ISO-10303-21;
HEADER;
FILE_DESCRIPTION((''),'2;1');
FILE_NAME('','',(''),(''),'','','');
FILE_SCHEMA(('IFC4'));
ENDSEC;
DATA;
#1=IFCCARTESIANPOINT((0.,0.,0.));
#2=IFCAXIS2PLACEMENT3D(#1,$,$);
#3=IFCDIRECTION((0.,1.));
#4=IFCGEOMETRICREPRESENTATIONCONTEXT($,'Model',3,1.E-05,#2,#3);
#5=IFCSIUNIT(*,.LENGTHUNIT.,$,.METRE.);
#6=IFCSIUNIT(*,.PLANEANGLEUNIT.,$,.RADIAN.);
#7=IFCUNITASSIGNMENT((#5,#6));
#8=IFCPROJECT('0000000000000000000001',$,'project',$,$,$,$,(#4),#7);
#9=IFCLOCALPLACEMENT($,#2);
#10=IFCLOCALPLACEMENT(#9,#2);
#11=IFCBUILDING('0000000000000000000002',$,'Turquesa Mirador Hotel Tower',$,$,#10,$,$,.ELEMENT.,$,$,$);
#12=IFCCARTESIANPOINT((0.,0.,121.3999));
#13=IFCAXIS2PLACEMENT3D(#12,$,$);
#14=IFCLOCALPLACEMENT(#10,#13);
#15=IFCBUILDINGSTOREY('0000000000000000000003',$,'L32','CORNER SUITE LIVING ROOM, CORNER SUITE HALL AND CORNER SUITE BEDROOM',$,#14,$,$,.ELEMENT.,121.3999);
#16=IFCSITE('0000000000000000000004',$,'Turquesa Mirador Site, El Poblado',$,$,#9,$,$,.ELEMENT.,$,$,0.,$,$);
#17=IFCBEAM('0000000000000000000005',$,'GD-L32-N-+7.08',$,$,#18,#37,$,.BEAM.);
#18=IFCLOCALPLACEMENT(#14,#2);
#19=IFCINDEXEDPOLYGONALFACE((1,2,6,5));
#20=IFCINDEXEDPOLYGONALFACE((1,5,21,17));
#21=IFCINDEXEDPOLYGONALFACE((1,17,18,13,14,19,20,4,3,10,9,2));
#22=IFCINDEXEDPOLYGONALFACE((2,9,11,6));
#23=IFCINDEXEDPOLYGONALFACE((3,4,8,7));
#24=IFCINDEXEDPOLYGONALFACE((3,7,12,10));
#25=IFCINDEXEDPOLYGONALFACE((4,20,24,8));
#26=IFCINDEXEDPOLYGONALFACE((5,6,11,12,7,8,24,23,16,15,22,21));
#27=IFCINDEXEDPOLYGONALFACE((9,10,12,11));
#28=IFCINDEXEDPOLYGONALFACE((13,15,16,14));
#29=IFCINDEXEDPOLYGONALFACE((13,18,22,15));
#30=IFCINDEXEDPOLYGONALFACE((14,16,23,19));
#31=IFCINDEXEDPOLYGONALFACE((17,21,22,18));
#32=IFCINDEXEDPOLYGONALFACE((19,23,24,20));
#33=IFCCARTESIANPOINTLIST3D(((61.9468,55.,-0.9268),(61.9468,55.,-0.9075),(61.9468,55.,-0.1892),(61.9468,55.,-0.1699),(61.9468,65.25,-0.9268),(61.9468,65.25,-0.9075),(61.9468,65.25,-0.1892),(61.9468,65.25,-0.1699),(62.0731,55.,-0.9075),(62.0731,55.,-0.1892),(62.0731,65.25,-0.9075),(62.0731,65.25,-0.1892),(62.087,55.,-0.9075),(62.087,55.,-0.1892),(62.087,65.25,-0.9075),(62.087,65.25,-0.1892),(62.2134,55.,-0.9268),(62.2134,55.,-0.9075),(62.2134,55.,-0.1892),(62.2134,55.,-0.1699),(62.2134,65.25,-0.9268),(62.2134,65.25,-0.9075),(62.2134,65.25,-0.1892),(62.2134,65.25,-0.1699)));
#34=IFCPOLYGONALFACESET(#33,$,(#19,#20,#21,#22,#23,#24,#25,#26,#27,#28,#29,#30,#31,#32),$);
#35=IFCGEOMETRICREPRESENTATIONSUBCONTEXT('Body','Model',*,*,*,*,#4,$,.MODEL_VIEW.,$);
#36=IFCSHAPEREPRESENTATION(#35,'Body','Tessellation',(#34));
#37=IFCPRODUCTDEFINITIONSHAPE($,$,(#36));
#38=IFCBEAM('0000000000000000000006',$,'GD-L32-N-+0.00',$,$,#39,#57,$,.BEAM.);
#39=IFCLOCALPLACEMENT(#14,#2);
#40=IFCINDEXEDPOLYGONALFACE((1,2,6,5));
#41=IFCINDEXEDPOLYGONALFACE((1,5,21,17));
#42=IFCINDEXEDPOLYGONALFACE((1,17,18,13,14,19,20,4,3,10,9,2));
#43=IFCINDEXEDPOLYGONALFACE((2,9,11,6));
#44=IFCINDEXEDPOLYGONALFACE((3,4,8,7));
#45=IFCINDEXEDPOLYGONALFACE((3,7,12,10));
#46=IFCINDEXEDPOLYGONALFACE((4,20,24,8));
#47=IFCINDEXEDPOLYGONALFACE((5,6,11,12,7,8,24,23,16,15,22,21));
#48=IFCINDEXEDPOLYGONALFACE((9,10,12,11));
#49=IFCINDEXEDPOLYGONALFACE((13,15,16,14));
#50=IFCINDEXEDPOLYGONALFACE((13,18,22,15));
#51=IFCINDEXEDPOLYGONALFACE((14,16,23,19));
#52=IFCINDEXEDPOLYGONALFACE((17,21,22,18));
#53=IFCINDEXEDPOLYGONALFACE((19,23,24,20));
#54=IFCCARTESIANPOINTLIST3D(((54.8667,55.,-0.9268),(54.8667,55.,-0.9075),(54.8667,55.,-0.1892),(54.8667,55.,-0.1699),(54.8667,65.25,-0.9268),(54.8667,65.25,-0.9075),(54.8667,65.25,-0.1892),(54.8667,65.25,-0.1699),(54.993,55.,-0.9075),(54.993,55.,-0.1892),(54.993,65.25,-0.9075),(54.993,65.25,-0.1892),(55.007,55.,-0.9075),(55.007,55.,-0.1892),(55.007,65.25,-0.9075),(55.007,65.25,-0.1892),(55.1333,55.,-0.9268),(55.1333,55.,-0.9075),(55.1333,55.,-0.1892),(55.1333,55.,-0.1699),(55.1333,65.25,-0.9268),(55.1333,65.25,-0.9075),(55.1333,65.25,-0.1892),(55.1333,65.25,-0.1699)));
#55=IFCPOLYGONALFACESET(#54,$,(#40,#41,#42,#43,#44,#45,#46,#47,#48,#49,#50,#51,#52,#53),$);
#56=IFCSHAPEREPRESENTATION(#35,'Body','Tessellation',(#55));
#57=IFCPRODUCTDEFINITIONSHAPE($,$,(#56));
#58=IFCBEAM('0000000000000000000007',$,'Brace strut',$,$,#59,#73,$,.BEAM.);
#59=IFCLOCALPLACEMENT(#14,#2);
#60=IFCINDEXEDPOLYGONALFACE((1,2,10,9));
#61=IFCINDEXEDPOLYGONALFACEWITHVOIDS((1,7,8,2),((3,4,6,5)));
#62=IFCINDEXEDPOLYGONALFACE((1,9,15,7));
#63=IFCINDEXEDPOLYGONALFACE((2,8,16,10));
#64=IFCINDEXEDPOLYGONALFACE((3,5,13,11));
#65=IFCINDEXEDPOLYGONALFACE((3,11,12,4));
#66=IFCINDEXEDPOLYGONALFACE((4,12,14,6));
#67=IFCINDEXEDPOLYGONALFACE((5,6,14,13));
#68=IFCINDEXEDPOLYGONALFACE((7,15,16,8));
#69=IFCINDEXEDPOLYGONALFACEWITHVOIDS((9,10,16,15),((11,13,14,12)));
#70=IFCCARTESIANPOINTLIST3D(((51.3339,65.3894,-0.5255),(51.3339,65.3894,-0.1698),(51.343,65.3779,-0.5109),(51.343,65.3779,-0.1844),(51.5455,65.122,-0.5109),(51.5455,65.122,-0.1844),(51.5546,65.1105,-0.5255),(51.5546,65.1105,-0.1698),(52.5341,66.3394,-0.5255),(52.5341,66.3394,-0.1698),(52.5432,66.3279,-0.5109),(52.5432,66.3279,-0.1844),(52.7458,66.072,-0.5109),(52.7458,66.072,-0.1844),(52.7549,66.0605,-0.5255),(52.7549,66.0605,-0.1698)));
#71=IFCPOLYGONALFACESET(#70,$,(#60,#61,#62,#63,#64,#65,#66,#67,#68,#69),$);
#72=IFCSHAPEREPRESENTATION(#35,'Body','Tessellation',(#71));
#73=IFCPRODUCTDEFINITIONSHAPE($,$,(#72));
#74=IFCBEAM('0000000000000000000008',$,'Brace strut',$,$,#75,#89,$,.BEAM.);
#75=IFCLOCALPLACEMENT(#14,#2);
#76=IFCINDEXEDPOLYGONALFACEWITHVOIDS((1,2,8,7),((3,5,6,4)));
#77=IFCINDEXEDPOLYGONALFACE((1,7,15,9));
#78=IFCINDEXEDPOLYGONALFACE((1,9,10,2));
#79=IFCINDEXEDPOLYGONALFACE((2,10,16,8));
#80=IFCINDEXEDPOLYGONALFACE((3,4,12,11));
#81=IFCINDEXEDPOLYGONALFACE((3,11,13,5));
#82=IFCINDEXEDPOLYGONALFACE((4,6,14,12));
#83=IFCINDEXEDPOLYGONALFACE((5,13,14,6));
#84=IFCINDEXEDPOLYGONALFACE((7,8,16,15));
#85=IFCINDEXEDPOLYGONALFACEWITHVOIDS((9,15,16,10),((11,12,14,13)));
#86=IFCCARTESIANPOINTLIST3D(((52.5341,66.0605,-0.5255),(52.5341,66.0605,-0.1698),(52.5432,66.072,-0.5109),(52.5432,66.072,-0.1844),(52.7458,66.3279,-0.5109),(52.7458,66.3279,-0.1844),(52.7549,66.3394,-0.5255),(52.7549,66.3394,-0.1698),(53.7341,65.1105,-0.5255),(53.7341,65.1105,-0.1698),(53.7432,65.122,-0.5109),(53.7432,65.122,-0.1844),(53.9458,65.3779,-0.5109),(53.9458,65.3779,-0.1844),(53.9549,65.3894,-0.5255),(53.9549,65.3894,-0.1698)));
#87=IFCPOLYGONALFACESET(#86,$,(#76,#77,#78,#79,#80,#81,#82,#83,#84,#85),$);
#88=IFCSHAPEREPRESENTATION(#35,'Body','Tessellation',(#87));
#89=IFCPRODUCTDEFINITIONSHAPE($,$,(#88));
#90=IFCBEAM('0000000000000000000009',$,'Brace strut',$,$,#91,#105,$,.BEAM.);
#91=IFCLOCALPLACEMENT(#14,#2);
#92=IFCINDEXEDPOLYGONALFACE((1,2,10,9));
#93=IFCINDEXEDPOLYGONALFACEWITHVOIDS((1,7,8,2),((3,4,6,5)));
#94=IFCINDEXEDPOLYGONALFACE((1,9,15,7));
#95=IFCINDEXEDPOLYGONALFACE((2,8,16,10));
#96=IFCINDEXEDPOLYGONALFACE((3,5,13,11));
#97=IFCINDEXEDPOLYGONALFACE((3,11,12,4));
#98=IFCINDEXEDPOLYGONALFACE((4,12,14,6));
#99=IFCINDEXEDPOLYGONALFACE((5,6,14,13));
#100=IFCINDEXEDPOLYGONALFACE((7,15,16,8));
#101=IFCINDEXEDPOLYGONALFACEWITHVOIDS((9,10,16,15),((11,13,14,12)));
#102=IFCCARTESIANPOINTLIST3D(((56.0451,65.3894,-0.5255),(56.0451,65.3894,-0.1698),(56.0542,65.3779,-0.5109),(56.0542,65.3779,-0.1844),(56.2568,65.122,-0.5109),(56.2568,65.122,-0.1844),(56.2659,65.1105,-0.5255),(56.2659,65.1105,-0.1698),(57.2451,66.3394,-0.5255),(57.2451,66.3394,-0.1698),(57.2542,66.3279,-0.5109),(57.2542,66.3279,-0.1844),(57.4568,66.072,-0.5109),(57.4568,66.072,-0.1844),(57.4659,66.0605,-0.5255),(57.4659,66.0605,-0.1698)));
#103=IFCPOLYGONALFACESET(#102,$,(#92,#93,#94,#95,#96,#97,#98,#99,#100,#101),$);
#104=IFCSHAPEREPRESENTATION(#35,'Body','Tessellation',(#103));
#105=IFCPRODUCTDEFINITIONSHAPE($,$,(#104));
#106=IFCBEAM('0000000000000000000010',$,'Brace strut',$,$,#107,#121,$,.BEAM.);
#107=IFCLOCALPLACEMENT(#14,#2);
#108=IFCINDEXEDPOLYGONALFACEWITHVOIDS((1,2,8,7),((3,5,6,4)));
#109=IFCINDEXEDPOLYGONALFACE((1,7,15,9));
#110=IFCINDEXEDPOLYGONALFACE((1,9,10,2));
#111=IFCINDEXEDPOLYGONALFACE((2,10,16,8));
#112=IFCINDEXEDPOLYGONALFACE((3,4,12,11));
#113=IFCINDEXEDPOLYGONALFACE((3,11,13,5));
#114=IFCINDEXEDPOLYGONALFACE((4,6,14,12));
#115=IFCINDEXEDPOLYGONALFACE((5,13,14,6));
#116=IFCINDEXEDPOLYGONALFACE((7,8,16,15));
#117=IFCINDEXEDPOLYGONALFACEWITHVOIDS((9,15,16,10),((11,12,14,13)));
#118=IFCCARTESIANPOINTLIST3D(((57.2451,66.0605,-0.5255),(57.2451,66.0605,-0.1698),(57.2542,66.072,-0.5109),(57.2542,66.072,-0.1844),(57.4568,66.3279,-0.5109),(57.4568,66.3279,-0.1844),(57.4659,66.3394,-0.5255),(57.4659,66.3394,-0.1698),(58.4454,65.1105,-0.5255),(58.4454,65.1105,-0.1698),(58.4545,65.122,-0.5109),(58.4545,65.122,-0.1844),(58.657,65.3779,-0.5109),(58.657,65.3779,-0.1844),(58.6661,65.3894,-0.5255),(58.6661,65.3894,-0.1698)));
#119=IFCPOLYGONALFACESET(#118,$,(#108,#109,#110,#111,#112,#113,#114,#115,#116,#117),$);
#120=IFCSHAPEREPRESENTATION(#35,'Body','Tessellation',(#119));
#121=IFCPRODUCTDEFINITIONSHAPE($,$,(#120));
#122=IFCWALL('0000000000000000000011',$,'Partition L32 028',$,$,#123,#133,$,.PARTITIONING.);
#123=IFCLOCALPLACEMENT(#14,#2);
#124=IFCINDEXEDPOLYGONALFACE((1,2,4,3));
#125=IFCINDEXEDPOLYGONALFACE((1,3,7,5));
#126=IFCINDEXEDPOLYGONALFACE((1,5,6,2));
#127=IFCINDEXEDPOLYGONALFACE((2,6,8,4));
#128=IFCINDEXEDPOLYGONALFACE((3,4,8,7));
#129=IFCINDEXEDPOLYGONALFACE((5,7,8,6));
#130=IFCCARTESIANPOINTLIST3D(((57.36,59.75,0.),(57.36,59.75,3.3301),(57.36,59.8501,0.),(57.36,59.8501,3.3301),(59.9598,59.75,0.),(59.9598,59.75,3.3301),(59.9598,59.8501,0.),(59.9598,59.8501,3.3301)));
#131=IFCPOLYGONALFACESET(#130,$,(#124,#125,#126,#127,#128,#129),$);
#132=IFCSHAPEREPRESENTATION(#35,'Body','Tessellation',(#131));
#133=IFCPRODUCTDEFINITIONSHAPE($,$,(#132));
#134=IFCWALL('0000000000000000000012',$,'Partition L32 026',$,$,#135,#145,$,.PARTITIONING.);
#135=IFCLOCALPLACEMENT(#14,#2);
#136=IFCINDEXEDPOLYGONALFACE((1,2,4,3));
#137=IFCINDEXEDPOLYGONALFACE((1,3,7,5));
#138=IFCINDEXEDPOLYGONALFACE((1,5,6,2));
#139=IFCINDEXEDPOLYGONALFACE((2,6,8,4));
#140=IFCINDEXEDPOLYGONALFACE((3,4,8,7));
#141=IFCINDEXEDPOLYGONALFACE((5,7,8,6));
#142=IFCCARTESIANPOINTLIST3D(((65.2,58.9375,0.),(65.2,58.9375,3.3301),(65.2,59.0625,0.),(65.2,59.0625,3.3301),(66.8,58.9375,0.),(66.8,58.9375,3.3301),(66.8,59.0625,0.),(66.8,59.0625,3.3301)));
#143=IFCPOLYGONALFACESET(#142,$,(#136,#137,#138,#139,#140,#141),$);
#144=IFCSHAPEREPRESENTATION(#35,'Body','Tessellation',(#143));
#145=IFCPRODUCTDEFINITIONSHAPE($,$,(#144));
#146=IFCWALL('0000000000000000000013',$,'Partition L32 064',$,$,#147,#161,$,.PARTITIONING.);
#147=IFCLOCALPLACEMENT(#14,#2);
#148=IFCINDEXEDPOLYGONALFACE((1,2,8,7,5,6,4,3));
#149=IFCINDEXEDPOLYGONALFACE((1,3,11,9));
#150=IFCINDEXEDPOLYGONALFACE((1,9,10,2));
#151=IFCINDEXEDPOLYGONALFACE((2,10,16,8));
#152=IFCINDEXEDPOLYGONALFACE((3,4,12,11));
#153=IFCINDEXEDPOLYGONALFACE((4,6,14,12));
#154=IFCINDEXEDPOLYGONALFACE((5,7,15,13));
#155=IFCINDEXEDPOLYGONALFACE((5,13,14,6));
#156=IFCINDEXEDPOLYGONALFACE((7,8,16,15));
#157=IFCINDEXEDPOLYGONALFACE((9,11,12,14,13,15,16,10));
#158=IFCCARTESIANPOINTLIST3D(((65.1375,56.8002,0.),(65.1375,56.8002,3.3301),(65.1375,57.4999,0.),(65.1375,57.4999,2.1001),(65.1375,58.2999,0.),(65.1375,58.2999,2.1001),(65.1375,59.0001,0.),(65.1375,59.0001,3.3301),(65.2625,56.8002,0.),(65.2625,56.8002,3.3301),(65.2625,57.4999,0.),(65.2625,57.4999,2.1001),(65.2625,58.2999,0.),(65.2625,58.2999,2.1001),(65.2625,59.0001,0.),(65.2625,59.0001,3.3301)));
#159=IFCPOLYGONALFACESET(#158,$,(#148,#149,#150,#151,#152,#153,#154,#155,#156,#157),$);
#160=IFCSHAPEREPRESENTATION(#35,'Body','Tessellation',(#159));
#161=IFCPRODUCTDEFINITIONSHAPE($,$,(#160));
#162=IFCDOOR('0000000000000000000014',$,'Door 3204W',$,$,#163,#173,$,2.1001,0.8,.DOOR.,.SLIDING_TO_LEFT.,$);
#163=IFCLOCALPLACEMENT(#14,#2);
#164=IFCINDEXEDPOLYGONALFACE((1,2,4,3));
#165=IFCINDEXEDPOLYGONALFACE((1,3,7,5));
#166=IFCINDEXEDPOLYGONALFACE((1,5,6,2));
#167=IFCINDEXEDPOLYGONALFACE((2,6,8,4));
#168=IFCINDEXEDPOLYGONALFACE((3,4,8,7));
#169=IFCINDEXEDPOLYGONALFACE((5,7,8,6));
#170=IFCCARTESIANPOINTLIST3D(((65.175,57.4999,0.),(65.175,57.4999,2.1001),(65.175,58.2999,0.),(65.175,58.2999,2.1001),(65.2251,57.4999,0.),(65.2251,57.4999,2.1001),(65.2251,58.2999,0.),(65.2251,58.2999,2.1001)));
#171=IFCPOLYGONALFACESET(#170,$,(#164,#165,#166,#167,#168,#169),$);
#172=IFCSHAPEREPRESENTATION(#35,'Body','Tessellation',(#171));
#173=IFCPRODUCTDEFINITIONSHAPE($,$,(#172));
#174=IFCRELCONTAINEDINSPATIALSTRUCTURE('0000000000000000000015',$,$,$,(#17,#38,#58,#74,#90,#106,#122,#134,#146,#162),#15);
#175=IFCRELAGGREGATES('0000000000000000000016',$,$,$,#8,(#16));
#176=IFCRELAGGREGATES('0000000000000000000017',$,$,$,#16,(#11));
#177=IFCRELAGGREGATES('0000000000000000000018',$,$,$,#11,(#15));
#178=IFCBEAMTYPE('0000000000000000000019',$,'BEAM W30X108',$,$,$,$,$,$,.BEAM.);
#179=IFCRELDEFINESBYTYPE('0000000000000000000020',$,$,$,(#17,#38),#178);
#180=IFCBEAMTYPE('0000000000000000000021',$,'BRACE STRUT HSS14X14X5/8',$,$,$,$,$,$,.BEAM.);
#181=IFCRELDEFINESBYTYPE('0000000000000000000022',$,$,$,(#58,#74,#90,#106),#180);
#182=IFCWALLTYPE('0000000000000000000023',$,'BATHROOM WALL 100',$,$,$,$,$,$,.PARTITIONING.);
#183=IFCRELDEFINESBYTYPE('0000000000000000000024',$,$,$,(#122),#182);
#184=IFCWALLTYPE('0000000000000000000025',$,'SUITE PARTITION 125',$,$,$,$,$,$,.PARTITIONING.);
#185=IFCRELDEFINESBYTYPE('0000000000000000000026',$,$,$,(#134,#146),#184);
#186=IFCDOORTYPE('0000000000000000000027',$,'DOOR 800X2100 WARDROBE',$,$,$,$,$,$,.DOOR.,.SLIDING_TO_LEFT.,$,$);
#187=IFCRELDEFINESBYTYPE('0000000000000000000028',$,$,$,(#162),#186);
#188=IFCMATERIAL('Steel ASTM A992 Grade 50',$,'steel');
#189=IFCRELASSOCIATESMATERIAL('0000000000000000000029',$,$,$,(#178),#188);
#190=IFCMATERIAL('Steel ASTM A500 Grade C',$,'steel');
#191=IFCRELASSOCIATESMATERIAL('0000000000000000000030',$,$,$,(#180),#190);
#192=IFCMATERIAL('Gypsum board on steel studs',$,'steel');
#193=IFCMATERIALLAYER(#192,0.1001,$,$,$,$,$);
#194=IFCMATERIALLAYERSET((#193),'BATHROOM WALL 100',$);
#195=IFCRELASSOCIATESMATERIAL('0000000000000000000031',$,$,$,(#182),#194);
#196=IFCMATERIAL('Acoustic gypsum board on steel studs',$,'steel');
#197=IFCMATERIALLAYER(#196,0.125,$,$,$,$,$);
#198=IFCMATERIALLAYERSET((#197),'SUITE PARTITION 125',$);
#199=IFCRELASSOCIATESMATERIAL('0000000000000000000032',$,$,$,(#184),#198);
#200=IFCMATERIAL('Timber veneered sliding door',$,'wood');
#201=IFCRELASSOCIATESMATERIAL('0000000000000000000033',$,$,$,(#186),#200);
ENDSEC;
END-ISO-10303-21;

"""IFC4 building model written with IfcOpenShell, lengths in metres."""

from ifc_helpers import new_model, si_unit, direction, frame, frame_2d, origin, origin_2d, place, context, subcontext, project, spatial, rectangle, hollow_rectangle, i_section, extrude, material, layer, layer_set, material_profile, profile_set, type_object, element, fill, save


model = new_model("IFC4")

# Units and contexts
model_context = context("Model", 3, precision=1e-05, world=origin(), true_north=direction((0.0, 1.0)))
body_context = subcontext(model_context, "Body", "Model", "MODEL_VIEW")
ifc_project = project(units=[si_unit("LENGTHUNIT", "METRE"), si_unit("PLANEANGLEUNIT", "RADIAN")], contexts=[model_context])

# Site, building, storey
site_placement = place(None, origin())
site = spatial("IfcSite", under=ifc_project, at=site_placement, Name="Turquesa Mirador Site, El Poblado", CompositionType="ELEMENT", RefElevation=0.0)
building_placement = place(site_placement, origin())
building = spatial("IfcBuilding", under=site, at=building_placement, Name="Turquesa Mirador Hotel Tower", CompositionType="ELEMENT")
storey_placement = place(building_placement, frame((0.0, 0.0, 121.3999)))
storey = spatial("IfcBuildingStorey", under=building, at=storey_placement, Name="L32", Description="CORNER SUITE LIVING ROOM, CORNER SUITE HALL AND CORNER SUITE BEDROOM", CompositionType="ELEMENT", Elevation=121.3999)

# Beams
ifc_material_1 = material(Name="Steel ASTM A992 Grade 50", Category="steel")
ifc_material_profile_1 = material_profile(ifc_material_1, i_section(OverallWidth=0.2666, OverallDepth=0.7568, WebThickness=0.0139, FlangeThickness=0.0193, at=origin_2d()), Name="W30X108")
ifc_profile_set_1 = profile_set([ifc_material_profile_1], Name="Steel ASTM A992 Grade 50")
beam_type_1 = type_object("IfcBeamType", Name="BEAM W30X108", PredefinedType="BEAM", material=ifc_profile_set_1)
for number, where, z_axis, x_axis, name in (
    (1, (62.0801, 65.25, -0.5483), (0.0, -1.0, 0.0), (1.0, 0.0, 0.0), "GD-L32-N-+7.08"),
    (2, (55.0, 65.25, -0.5483), (0.0, -1.0, 0.0), (1.0, 0.0, 0.0), "GD-L32-N-+0.00"),
):
    element("IfcBeam", number, at=place(storey_placement, frame(where, z_axis=z_axis, x_axis=x_axis)), inside=storey, type_object=beam_type_1, Name=name, PredefinedType="BEAM", context=body_context, shape_type="SweptSolid", body=[
        extrude(i_section(OverallWidth=0.2666, OverallDepth=0.7568, WebThickness=0.0139, FlangeThickness=0.0193, at=origin_2d()), origin(), (0.0, 0.0, 1.0), 10.25),
    ])
ifc_material_2 = material(Name="Steel ASTM A500 Grade C", Category="steel")
ifc_material_profile_2 = material_profile(ifc_material_2, hollow_rectangle(XDim=0.3557, YDim=0.3557, WallThickness=0.0146, at=origin_2d()), Name="HSS14X14X5/8")
ifc_profile_set_2 = profile_set([ifc_material_profile_2], Name="Steel ASTM A500 Grade C")
beam_type_2 = type_object("IfcBeamType", Name="BRACE STRUT HSS14X14X5/8", PredefinedType="BEAM", material=ifc_profile_set_2)
beam_1_placement = place(storey_placement, frame((52.6445, 66.2, -0.3477), z_axis=(-0.784111, -0.620621, 0.0), x_axis=(0.620621, -0.784111, 0.0)))
element("IfcBeam", 3, at=beam_1_placement, inside=storey, type_object=beam_type_2, Name="Brace strut", PredefinedType="BEAM", context=body_context, shape_type="SweptSolid", body=[
    extrude(hollow_rectangle(XDim=0.3557, YDim=0.3557, WallThickness=0.0146, at=origin_2d()), origin(), (0.0, 0.0, 1.0), 1.5308),
])
for number, where, z_axis, x_axis, name in (
    (4, (52.6445, 66.2, -0.3477), (0.784049, -0.620699, 0.0), (0.620699, 0.784049, 0.0), "Brace strut"),
    (5, (57.3555, 66.2, -0.3477), (-0.784049, -0.620699, 0.0), (0.620699, -0.784049, 0.0), "Brace strut"),
):
    element("IfcBeam", number, at=place(storey_placement, frame(where, z_axis=z_axis, x_axis=x_axis)), inside=storey, type_object=beam_type_2, Name=name, PredefinedType="BEAM", context=body_context, shape_type="SweptSolid", body=[
        extrude(hollow_rectangle(XDim=0.3557, YDim=0.3557, WallThickness=0.0146, at=origin_2d()), origin(), (0.0, 0.0, 1.0), 1.5305),
    ])
beam_2_placement = place(storey_placement, frame((57.3555, 66.2, -0.3477), z_axis=(0.784111, -0.620621, 0.0), x_axis=(0.620621, 0.784111, 0.0)))
element("IfcBeam", 6, at=beam_2_placement, inside=storey, type_object=beam_type_2, Name="Brace strut", PredefinedType="BEAM", context=body_context, shape_type="SweptSolid", body=[
    extrude(hollow_rectangle(XDim=0.3557, YDim=0.3557, WallThickness=0.0146, at=origin_2d()), origin(), (0.0, 0.0, 1.0), 1.5308),
])

# Walls
ifc_material_3 = material(Name="Gypsum board on steel studs", Category="steel")
ifc_layer_1 = layer(ifc_material_3, 0.1001)
ifc_layer_set_1 = layer_set([ifc_layer_1], Name="BATHROOM WALL 100")
wall_type_1 = type_object("IfcWallType", Name="BATHROOM WALL 100", PredefinedType="PARTITIONING", material=ifc_layer_set_1)
wall_1_placement = place(storey_placement, frame((57.3601, 59.8, 0.0), z_axis=(0.0, 0.0, 1.0), x_axis=(1.0, 0.0, 0.0)))
element("IfcWall", 7, at=wall_1_placement, inside=storey, type_object=wall_type_1, Name="Partition L32 028", PredefinedType="PARTITIONING", context=body_context, shape_type="SweptSolid", body=[
    extrude(rectangle(XDim=2.5999, YDim=0.1001, at=frame_2d((1.2998, 0.0))), origin(), (0.0, 0.0, 1.0), 3.3301),
])
ifc_material_4 = material(Name="Acoustic gypsum board on steel studs", Category="steel")
ifc_layer_2 = layer(ifc_material_4, 0.125)
ifc_layer_set_2 = layer_set([ifc_layer_2], Name="SUITE PARTITION 125")
wall_type_2 = type_object("IfcWallType", Name="SUITE PARTITION 125", PredefinedType="PARTITIONING", material=ifc_layer_set_2)
wall_2_placement = place(storey_placement, frame((65.2, 59.0, 0.0), z_axis=(0.0, 0.0, 1.0), x_axis=(1.0, 0.0, 0.0)))
element("IfcWall", 8, at=wall_2_placement, inside=storey, type_object=wall_type_2, Name="Partition L32 026", PredefinedType="PARTITIONING", context=body_context, shape_type="SweptSolid", body=[
    extrude(rectangle(XDim=1.6001, YDim=0.125, at=frame_2d((0.8, 0.0))), origin(), (0.0, 0.0, 1.0), 3.3301),
])

# Wall, opening, door
wall_3_placement = place(storey_placement, frame((65.2, 56.8, 0.0), z_axis=(0.0, 0.0, 1.0), x_axis=(0.0, 1.0, 0.0)))
wall_3 = element("IfcWall", 9, at=wall_3_placement, inside=storey, type_object=wall_type_2, Name="Partition L32 064", PredefinedType="PARTITIONING", context=body_context, shape_type="SweptSolid", body=[
    extrude(rectangle(XDim=2.2, YDim=0.125, at=frame_2d((1.1001, 0.0))), origin(), (0.0, 0.0, 1.0), 3.3301),
])
opening_placement = place(wall_3_placement, frame((0.7, 0.0, 0.0)))
opening = element("IfcOpeningElement", 10, at=opening_placement, cuts=wall_3, PredefinedType="OPENING", context=body_context, shape_type="SweptSolid", body=[
    extrude(rectangle(XDim=0.8, YDim=2.1001, at=frame_2d((0.3999, 1.05))), frame((0.0, 0.0725, 0.0), z_axis=(0.0, -1.0, 0.0), x_axis=(1.0, 0.0, 0.0)), (0.0, 0.0, 1.0), 0.145),
])
ifc_material_5 = material(Name="Timber veneered sliding door", Category="wood")
door_type = type_object("IfcDoorType", Name="DOOR 800X2100 WARDROBE", OperationType="SLIDING_TO_LEFT", PredefinedType="DOOR", material=ifc_material_5)
door_placement = place(opening_placement, origin())
door = element("IfcDoor", 11, at=door_placement, inside=storey, type_object=door_type, Name="Door 3204W", OperationType="SLIDING_TO_LEFT", OverallHeight=2.1001, OverallWidth=0.8, PredefinedType="DOOR", context=body_context, shape_type="SweptSolid", body=[
    extrude(rectangle(XDim=0.8, YDim=2.1001, at=frame_2d((0.3999, 1.05))), frame((0.0, 0.0249, 0.0), z_axis=(0.0, -1.0, 0.0), x_axis=(1.0, 0.0, 0.0)), (0.0, 0.0, 1.0), 0.05),
])
fill(opening, door)

save(model, "model.ifc")
